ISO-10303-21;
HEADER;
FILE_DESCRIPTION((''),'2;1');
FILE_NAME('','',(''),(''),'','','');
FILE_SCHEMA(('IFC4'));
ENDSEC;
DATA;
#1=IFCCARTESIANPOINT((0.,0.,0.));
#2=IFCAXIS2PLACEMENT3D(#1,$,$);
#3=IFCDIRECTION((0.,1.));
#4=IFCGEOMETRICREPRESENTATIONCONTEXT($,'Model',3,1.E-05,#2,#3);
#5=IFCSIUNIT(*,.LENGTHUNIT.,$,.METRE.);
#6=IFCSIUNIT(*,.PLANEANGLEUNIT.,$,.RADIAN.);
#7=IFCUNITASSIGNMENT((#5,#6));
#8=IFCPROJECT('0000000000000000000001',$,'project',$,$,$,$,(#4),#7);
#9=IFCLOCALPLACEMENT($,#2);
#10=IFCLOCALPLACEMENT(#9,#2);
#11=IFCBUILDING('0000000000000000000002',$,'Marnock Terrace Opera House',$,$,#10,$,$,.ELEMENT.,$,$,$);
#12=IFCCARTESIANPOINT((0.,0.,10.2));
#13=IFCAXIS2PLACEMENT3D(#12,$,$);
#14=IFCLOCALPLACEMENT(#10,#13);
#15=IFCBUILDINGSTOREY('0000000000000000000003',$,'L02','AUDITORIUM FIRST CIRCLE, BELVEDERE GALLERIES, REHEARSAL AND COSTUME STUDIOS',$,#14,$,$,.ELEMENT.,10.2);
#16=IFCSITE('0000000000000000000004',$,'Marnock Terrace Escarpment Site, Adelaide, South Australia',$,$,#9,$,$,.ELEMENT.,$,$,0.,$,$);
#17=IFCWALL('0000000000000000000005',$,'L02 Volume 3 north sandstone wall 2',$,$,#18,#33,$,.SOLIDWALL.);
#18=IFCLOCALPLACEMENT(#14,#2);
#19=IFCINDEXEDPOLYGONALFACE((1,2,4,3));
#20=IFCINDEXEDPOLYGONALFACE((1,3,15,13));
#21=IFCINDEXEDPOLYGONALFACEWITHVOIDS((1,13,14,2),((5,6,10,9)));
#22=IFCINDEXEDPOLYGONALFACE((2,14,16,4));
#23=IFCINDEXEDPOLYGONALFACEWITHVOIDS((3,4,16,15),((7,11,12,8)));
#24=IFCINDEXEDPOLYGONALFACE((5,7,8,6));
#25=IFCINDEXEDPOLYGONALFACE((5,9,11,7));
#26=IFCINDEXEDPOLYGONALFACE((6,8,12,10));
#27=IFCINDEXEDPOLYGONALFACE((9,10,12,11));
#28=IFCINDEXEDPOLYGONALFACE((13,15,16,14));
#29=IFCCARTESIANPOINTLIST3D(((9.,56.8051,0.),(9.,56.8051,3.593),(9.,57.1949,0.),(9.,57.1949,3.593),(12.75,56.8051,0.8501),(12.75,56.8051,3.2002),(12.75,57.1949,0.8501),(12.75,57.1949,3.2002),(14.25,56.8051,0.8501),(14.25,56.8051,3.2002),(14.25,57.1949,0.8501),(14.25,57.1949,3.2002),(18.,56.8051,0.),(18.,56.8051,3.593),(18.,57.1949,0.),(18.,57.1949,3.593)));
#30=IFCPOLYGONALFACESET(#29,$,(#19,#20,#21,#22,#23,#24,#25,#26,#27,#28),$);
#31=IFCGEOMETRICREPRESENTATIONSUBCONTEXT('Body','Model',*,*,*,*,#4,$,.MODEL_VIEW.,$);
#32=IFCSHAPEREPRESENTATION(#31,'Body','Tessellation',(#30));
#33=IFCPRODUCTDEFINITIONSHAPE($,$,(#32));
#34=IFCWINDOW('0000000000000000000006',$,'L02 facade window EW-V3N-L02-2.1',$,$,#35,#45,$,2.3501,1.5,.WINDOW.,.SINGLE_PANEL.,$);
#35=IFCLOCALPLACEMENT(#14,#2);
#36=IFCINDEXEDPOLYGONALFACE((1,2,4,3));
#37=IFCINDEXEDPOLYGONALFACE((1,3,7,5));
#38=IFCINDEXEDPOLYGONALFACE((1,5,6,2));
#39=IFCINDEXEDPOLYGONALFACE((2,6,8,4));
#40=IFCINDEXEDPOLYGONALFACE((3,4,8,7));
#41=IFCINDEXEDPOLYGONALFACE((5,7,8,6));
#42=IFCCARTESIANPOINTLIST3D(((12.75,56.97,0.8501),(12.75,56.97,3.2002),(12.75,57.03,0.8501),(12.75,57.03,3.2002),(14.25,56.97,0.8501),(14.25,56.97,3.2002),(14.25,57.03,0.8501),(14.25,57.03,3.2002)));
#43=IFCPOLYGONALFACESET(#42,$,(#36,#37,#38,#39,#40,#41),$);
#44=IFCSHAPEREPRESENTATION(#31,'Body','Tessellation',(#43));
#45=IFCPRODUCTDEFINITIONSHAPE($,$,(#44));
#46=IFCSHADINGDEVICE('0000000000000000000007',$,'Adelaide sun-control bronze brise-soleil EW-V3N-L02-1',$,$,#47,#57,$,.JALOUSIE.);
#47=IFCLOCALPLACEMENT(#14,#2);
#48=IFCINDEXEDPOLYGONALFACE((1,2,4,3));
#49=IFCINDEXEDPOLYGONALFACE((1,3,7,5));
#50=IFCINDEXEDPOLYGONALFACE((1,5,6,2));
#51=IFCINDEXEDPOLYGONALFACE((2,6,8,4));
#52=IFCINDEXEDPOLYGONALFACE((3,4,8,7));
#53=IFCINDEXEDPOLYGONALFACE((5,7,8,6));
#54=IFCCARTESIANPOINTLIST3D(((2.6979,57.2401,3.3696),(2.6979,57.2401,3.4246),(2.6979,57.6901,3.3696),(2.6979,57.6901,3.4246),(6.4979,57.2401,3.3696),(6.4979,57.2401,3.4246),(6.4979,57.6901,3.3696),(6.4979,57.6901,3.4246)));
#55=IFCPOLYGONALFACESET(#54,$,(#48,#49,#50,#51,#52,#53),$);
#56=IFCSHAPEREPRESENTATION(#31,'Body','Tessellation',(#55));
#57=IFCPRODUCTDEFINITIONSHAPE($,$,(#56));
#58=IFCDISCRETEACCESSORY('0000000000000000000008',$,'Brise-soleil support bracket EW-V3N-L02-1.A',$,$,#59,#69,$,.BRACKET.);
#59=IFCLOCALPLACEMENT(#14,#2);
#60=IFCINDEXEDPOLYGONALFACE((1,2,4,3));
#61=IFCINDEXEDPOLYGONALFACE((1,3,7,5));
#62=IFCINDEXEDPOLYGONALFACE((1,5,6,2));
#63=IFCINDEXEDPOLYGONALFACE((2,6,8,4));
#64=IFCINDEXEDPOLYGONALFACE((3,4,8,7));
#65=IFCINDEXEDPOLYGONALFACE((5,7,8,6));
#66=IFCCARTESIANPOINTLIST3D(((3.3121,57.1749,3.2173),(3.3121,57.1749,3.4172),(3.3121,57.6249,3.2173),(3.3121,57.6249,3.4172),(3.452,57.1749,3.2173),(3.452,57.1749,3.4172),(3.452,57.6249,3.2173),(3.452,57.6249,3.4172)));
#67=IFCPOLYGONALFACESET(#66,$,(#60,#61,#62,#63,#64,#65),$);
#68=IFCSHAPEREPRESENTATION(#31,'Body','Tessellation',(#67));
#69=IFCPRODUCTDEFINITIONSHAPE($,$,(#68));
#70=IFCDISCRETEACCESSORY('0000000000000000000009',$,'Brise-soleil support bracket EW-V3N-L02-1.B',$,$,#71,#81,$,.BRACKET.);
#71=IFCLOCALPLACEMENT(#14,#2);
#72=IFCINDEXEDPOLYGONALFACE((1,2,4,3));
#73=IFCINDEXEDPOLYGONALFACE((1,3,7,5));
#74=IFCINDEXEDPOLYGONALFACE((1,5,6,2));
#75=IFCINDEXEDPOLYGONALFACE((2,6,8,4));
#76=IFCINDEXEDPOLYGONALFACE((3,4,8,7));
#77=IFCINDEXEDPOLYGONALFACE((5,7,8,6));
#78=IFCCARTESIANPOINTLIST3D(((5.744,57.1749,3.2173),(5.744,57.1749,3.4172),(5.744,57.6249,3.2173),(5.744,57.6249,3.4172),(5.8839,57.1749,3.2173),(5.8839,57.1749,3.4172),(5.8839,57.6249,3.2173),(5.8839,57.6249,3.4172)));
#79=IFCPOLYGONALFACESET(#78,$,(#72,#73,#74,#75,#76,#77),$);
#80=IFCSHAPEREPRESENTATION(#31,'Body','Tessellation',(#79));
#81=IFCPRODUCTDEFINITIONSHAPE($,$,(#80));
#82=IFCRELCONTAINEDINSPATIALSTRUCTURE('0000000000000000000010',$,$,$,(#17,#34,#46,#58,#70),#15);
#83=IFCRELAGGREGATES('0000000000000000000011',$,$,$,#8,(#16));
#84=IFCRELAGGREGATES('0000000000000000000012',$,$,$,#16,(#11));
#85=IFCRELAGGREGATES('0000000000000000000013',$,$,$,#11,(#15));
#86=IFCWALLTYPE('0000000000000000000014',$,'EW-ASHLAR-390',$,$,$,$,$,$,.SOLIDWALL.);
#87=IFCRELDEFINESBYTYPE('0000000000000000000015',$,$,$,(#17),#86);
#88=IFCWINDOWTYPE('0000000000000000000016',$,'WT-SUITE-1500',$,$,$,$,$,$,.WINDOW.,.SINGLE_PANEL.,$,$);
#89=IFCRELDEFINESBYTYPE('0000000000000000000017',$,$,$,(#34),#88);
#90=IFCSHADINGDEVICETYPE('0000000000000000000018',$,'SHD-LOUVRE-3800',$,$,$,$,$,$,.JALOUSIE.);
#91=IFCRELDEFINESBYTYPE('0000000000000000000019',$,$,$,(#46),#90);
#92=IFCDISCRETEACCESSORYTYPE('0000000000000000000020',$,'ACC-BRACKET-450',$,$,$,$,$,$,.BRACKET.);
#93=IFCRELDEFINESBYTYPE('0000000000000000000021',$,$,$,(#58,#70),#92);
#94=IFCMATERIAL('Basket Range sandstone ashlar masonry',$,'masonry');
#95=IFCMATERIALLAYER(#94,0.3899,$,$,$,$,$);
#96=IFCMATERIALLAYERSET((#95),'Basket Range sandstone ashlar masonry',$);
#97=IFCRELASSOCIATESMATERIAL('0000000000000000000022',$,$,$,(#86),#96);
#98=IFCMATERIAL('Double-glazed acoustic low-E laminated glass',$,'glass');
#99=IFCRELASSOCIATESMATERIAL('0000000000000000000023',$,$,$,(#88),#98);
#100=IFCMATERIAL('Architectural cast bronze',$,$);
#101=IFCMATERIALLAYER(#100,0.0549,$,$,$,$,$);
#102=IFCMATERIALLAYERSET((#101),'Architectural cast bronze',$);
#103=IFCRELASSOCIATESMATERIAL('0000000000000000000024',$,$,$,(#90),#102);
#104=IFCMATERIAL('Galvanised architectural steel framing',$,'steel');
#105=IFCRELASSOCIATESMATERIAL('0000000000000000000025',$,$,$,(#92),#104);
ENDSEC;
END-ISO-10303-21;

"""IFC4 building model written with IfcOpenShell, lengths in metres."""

from ifc_helpers import new_model, si_unit, direction, frame, frame_2d, origin, origin_2d, place, context, subcontext, project, spatial, rectangle, extrude, material, layer, layer_set, type_object, element, fill, save


model = new_model("IFC4")

# Units and contexts
model_context = context("Model", 3, precision=1e-05, world=origin(), true_north=direction((0.0, 1.0)))
body_context = subcontext(model_context, "Body", "Model", "MODEL_VIEW")
ifc_project = project(units=[si_unit("LENGTHUNIT", "METRE"), si_unit("PLANEANGLEUNIT", "RADIAN")], contexts=[model_context])

# Site, building, storey
site_placement = place(None, origin())
site = spatial("IfcSite", under=ifc_project, at=site_placement, Name="Marnock Terrace Escarpment Site, Adelaide, South Australia", CompositionType="ELEMENT", RefElevation=0.0)
building_placement = place(site_placement, origin())
building = spatial("IfcBuilding", under=site, at=building_placement, Name="Marnock Terrace Opera House", CompositionType="ELEMENT")
storey_placement = place(building_placement, frame((0.0, 0.0, 10.2)))
storey = spatial("IfcBuildingStorey", under=building, at=storey_placement, Name="L02", Description="AUDITORIUM FIRST CIRCLE, BELVEDERE GALLERIES, REHEARSAL AND COSTUME STUDIOS", CompositionType="ELEMENT", Elevation=10.2)

# Wall, opening, window
ifc_material_1 = material(Name="Basket Range sandstone ashlar masonry", Category="masonry")
ifc_layer_1 = layer(ifc_material_1, 0.3899)
ifc_layer_set_1 = layer_set([ifc_layer_1], Name="Basket Range sandstone ashlar masonry")
wall_type = type_object("IfcWallType", Name="EW-ASHLAR-390", PredefinedType="SOLIDWALL", material=ifc_layer_set_1)
ifc_material_2 = material(Name="Double-glazed acoustic low-E laminated glass", Category="glass")
window_type = type_object("IfcWindowType", Name="WT-SUITE-1500", PartitioningType="SINGLE_PANEL", PredefinedType="WINDOW", material=ifc_material_2)
wall_1_placement = place(storey_placement, frame((9.0, 57.0, 0.0), z_axis=(0.0, 0.0, 1.0), x_axis=(1.0, 0.0, 0.0)))
wall_1 = element("IfcWall", 1, at=wall_1_placement, inside=storey, type_object=wall_type, Name="L02 Volume 3 north sandstone wall 2", PredefinedType="SOLIDWALL", context=body_context, shape_type="SweptSolid", body=[
    extrude(rectangle(XDim=9.0, YDim=0.3899, at=frame_2d((4.5, 0.0))), origin(), (0.0, 0.0, 1.0), 3.593),
])
opening_1_placement = place(wall_1_placement, frame((3.75, 0.0, 0.8501)))
opening_1 = element("IfcOpeningElement", 2, at=opening_1_placement, cuts=wall_1, PredefinedType="OPENING", context=body_context, shape_type="SweptSolid", body=[
    extrude(rectangle(XDim=1.5, YDim=2.3501, at=frame_2d((0.75, 1.175))), frame((0.0, 0.2048, 0.0), z_axis=(0.0, -1.0, 0.0), x_axis=(1.0, 0.0, 0.0)), (0.0, 0.0, 1.0), 0.4099),
])
window_1_placement = place(opening_1_placement, origin())
window_1 = element("IfcWindow", 3, at=window_1_placement, inside=storey, type_object=window_type, Name="L02 facade window EW-V3N-L02-2.1", OverallHeight=2.3501, OverallWidth=1.5, PartitioningType="SINGLE_PANEL", PredefinedType="WINDOW", context=body_context, shape_type="SweptSolid", body=[
    extrude(rectangle(XDim=1.5, YDim=2.3501, at=frame_2d((0.75, 1.175))), frame((0.0, 0.03, 0.0), z_axis=(0.0, -1.0, 0.0), x_axis=(1.0, 0.0, 0.0)), (0.0, 0.0, 1.0), 0.0601),
])
fill(opening_1, window_1)

# Shading device
ifc_material_3 = material(Name="Architectural cast bronze")
ifc_layer_2 = layer(ifc_material_3, 0.0549)
ifc_layer_set_2 = layer_set([ifc_layer_2], Name="Architectural cast bronze")
shading_device_type = type_object("IfcShadingDeviceType", Name="SHD-LOUVRE-3800", PredefinedType="JALOUSIE", material=ifc_layer_set_2)
shading_device_placement = place(storey_placement, frame((4.5979, 57.4651, 3.3696), z_axis=(0.0, 0.0, 1.0), x_axis=(1.0, 0.0, 0.0)))
element("IfcShadingDevice", 4, at=shading_device_placement, inside=storey, type_object=shading_device_type, Name="Adelaide sun-control bronze brise-soleil EW-V3N-L02-1", PredefinedType="JALOUSIE", context=body_context, shape_type="SweptSolid", body=[
    extrude(rectangle(XDim=3.8, YDim=0.45, at=origin_2d()), origin(), (0.0, 0.0, 1.0), 0.0549),
])

# Discrete accessories
ifc_material_4 = material(Name="Galvanised architectural steel framing", Category="steel")
discrete_accessory_type = type_object("IfcDiscreteAccessoryType", Name="ACC-BRACKET-450", PredefinedType="BRACKET", material=ifc_material_4)
for number, where, z_axis, x_axis, name in (
    (5, (3.3821, 57.3999, 3.2173), (0.0, 0.0, 1.0), (1.0, 0.0, 0.0), "Brise-soleil support bracket EW-V3N-L02-1.A"),
    (6, (5.814, 57.3999, 3.2173), (0.0, 0.0, 1.0), (1.0, 0.0, 0.0), "Brise-soleil support bracket EW-V3N-L02-1.B"),
):
    element("IfcDiscreteAccessory", number, at=place(storey_placement, frame(where, z_axis=z_axis, x_axis=x_axis)), inside=storey, type_object=discrete_accessory_type, Name=name, PredefinedType="BRACKET", context=body_context, shape_type="SweptSolid", body=[
        extrude(rectangle(XDim=0.1399, YDim=0.45, at=origin_2d()), origin(), (0.0, 0.0, 1.0), 0.2),
    ])

save(model, "model.ifc")
